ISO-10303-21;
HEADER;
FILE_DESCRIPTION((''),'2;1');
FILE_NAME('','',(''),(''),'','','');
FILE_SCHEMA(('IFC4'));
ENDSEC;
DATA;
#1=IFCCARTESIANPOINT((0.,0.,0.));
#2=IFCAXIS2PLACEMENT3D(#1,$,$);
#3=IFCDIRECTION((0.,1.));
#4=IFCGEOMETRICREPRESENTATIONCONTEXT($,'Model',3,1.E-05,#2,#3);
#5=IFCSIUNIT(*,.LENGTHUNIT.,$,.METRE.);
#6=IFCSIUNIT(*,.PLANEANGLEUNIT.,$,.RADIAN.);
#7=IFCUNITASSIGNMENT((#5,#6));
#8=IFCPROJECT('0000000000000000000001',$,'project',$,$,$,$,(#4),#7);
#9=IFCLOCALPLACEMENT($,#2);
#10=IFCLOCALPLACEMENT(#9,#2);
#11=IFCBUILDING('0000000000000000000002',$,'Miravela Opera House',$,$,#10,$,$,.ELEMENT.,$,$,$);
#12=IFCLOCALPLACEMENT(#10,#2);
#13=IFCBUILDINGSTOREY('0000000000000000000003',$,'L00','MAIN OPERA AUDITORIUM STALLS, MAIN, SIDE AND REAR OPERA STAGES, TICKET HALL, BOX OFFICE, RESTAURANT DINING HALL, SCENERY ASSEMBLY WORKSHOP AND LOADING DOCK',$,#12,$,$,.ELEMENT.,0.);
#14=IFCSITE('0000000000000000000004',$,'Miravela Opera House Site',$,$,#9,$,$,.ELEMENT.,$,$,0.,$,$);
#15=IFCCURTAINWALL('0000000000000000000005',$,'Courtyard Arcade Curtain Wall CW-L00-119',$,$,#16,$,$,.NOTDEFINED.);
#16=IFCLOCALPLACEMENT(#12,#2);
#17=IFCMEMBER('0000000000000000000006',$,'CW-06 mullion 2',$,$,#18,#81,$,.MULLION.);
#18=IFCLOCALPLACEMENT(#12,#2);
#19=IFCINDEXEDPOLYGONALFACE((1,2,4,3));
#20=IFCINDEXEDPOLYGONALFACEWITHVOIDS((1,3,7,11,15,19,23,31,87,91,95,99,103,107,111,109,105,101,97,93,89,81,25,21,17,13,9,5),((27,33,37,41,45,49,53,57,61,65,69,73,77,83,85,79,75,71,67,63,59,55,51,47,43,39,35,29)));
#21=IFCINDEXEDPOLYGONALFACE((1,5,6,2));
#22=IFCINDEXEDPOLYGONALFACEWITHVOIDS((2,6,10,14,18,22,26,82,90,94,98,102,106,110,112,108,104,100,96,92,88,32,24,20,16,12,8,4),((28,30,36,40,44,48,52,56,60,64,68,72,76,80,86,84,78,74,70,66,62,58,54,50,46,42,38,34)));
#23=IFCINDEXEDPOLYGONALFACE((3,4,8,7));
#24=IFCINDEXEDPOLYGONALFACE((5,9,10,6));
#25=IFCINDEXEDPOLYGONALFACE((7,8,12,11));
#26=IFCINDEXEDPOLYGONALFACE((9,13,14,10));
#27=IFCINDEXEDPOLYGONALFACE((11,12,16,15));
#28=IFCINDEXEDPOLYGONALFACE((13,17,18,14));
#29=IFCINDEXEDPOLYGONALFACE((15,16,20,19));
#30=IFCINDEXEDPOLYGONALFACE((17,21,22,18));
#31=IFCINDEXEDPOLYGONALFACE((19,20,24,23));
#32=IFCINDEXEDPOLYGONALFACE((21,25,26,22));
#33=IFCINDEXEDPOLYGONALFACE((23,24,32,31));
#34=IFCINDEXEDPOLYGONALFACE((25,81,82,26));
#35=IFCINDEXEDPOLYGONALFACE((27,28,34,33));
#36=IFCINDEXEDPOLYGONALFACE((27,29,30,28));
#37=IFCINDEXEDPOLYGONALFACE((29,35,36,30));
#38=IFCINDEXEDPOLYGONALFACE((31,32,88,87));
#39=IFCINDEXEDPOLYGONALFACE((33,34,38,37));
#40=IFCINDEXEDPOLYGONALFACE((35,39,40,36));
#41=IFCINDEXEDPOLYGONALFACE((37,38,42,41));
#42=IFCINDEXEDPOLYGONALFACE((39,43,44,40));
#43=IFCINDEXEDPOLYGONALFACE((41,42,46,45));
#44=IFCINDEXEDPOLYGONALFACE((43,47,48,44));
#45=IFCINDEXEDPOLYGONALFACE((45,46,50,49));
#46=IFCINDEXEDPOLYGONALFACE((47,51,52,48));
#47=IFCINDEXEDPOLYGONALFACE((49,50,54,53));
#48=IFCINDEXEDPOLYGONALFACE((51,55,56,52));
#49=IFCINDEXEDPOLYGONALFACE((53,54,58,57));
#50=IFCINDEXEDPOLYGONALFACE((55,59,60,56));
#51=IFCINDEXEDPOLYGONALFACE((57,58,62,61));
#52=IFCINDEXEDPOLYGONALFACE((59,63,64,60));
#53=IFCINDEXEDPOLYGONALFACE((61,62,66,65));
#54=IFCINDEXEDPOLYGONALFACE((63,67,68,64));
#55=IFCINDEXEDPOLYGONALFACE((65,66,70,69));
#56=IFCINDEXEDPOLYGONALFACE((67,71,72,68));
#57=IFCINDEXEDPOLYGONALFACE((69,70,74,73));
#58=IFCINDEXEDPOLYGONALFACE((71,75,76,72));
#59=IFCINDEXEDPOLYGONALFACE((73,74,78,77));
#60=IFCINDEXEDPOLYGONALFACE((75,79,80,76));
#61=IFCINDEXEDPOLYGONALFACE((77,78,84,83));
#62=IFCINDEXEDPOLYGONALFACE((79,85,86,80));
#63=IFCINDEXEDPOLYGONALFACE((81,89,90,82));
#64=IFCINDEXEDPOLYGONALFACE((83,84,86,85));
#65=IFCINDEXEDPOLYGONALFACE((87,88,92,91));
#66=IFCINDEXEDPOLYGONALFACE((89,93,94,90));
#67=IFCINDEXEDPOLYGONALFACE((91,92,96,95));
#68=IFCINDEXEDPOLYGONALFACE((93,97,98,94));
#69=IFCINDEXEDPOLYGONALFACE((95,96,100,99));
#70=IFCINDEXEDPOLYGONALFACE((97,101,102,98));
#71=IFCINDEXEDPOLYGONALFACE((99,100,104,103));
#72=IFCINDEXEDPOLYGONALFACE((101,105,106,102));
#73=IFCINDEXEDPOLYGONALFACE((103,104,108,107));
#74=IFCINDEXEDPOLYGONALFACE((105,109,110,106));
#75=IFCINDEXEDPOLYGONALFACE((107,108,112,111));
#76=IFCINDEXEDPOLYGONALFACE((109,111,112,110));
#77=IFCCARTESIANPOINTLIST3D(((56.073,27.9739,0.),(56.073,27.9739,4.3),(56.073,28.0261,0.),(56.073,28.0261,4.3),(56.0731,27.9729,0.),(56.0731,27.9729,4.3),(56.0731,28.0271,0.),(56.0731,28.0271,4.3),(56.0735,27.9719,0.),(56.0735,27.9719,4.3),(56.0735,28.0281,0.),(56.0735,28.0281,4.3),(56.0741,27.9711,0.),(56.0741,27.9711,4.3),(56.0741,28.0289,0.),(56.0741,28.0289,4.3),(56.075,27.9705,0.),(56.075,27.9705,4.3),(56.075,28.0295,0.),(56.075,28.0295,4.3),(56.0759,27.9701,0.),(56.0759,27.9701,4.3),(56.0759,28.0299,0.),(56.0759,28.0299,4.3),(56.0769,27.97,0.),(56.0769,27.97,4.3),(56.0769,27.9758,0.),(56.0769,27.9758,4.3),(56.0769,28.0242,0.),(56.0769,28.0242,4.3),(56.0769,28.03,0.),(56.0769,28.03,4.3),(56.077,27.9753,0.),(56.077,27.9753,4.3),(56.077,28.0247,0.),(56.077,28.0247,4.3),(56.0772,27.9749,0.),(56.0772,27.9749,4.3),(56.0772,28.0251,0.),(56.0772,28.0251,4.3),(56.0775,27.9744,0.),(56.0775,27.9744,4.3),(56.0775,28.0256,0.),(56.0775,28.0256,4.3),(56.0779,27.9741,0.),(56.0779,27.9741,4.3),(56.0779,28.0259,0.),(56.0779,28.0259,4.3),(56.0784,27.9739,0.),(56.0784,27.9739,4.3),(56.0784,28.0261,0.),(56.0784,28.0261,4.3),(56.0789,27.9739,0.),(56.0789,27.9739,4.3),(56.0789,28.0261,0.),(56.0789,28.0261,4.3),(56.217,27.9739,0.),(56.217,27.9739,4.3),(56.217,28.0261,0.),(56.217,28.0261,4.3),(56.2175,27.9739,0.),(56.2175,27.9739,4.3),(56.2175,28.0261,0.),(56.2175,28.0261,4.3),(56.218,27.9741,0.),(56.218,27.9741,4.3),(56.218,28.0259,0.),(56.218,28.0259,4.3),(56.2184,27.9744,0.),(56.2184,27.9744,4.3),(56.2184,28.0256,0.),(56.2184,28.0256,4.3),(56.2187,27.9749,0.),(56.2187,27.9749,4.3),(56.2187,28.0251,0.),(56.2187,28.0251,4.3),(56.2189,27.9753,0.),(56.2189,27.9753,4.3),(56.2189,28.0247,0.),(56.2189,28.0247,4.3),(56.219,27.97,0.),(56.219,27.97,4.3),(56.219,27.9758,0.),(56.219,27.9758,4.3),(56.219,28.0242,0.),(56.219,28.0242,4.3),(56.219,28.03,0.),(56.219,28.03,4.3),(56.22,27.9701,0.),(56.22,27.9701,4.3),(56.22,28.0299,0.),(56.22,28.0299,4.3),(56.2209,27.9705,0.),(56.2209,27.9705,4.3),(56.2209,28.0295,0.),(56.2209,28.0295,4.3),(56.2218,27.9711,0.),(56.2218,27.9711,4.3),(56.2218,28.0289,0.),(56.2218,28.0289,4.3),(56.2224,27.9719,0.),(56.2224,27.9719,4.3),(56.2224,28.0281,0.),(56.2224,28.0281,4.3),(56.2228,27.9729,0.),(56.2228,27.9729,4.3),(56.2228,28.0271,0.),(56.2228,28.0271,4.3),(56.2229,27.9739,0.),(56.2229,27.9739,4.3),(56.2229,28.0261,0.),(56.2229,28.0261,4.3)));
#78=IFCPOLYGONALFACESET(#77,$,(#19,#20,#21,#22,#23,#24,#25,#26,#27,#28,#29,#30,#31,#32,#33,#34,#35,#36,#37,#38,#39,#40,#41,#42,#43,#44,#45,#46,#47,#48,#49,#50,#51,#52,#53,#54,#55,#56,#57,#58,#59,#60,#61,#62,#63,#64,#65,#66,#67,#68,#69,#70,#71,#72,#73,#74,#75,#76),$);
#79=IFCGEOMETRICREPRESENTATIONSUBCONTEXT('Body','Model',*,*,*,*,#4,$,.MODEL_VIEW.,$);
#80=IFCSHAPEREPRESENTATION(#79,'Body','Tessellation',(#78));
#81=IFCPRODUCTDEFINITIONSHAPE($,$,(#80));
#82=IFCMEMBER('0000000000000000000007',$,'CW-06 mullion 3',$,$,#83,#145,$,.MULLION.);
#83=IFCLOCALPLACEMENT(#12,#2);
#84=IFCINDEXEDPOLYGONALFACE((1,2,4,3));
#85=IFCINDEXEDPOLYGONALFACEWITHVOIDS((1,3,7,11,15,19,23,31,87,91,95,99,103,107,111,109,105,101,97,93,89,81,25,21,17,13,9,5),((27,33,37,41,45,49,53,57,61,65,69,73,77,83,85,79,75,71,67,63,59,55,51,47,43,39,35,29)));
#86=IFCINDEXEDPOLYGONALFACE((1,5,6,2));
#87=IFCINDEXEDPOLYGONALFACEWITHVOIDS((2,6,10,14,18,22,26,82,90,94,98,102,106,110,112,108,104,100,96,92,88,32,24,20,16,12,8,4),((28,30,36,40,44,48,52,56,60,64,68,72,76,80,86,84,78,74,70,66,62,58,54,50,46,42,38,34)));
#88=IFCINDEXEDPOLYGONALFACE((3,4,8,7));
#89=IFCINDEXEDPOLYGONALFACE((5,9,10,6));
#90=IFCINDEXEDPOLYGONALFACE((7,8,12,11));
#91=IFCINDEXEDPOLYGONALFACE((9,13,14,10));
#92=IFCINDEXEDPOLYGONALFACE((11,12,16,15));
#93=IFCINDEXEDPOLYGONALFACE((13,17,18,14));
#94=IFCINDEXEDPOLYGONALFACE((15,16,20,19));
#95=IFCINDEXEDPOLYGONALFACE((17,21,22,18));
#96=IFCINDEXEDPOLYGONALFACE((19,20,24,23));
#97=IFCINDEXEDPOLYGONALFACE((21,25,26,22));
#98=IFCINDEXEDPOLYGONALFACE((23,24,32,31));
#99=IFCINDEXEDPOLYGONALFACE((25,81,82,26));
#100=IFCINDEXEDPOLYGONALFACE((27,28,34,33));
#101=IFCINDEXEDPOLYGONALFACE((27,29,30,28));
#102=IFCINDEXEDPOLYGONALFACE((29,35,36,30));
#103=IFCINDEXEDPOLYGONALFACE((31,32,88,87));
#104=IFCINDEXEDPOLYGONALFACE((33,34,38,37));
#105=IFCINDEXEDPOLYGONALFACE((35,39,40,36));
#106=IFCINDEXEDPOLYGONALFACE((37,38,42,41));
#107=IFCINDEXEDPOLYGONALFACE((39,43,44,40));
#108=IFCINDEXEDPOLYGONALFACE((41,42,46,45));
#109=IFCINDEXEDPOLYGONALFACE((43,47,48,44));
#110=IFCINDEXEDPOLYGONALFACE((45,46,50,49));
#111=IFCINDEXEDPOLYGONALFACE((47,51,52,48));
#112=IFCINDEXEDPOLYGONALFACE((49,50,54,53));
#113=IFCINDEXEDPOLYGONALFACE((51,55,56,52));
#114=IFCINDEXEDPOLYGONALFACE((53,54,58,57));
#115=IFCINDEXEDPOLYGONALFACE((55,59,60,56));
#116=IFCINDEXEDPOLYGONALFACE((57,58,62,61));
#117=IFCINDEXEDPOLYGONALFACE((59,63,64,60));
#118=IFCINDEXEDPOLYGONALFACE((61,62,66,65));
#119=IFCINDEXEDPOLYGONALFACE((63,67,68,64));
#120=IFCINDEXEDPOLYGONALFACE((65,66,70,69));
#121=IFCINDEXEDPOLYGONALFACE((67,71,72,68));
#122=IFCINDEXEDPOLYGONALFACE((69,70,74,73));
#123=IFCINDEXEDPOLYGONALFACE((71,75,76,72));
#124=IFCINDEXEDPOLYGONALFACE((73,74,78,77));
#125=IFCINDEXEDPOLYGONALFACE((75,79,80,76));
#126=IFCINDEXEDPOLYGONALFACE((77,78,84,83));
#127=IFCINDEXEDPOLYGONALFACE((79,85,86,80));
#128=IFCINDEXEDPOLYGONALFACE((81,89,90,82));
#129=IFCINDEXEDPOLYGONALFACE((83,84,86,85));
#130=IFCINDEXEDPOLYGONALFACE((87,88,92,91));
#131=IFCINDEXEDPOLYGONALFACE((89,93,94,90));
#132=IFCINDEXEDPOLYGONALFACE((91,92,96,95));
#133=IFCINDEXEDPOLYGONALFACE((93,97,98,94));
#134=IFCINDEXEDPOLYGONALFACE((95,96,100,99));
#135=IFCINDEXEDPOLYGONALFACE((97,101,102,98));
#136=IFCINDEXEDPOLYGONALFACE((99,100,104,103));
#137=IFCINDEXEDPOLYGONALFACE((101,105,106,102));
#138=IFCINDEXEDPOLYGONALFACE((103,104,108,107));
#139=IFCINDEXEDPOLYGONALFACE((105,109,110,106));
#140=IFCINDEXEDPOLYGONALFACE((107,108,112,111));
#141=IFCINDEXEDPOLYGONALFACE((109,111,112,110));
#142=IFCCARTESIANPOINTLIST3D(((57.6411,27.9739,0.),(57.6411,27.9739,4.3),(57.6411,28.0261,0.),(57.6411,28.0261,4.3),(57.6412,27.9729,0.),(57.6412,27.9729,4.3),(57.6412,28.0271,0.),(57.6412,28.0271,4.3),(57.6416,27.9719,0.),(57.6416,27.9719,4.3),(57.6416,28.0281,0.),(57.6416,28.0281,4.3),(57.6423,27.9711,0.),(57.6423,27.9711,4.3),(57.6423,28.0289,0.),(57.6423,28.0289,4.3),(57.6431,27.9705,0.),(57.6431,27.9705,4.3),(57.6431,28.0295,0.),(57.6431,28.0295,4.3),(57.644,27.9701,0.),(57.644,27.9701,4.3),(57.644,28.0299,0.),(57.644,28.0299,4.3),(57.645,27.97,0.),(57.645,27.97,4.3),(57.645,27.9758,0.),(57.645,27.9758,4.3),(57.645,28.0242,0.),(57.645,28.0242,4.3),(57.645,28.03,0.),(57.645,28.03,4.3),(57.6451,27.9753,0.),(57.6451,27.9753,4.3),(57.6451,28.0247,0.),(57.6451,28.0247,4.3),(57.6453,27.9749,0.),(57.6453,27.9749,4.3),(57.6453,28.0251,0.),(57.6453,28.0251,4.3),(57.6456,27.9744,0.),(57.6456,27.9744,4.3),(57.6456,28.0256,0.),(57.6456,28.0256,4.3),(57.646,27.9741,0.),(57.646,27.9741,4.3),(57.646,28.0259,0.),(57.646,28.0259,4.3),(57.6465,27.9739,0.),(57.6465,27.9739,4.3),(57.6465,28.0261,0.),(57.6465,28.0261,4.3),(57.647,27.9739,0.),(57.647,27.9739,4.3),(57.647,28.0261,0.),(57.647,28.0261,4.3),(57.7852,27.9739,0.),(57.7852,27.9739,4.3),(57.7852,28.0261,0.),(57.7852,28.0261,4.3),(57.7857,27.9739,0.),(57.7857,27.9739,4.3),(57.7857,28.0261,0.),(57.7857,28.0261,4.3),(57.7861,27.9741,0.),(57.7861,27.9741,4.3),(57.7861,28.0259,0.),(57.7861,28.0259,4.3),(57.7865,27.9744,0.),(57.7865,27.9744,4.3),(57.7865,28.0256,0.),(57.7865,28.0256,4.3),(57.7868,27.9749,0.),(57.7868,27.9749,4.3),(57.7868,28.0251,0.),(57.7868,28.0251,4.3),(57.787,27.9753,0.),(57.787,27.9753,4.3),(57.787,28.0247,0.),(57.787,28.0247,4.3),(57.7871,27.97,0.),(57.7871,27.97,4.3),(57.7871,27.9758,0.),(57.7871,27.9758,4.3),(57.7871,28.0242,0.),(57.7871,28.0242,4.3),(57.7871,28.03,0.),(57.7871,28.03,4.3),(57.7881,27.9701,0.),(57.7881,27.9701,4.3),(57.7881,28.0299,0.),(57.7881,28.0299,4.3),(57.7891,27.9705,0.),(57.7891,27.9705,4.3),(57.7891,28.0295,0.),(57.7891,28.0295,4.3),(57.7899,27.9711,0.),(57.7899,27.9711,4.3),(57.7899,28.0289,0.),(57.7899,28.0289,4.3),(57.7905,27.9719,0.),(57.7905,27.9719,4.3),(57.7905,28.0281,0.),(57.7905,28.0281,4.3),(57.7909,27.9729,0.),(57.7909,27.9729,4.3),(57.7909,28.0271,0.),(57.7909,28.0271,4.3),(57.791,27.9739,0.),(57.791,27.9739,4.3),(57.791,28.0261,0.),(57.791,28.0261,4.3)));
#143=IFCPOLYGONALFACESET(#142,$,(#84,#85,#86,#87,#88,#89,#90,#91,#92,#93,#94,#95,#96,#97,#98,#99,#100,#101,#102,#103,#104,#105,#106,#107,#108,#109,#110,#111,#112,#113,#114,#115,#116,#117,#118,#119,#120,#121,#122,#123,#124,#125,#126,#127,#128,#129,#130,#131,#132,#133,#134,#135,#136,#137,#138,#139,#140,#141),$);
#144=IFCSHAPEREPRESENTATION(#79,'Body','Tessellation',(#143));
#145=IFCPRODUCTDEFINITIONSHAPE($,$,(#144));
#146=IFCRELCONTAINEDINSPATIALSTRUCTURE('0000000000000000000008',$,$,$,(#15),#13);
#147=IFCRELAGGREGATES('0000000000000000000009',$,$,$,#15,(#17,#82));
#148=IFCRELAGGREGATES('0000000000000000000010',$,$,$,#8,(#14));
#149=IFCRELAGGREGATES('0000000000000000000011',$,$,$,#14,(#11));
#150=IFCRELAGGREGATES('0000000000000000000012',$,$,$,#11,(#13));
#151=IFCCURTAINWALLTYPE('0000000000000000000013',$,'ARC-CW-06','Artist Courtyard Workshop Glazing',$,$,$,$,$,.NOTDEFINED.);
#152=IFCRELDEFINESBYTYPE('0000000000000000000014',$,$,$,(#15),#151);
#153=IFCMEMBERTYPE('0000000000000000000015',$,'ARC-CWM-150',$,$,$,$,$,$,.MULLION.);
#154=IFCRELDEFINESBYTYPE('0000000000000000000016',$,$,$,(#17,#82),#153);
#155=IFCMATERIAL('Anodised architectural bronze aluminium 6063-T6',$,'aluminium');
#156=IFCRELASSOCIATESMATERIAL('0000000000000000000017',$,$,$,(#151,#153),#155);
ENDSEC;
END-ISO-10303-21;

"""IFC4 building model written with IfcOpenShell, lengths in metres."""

from ifc_helpers import new_model, si_unit, direction, frame, origin, origin_2d, place, context, subcontext, project, spatial, hollow_rectangle, extrude, material, material_profile, profile_set, type_object, element, aggregate, save


model = new_model("IFC4")

# Units and contexts
model_context = context("Model", 3, precision=1e-05, world=origin(), true_north=direction((0.0, 1.0)))
body_context = subcontext(model_context, "Body", "Model", "MODEL_VIEW")
ifc_project = project(units=[si_unit("LENGTHUNIT", "METRE"), si_unit("PLANEANGLEUNIT", "RADIAN")], contexts=[model_context])

# Site, building, storey
site_placement = place(None, origin())
site = spatial("IfcSite", under=ifc_project, at=site_placement, Name="Miravela Opera House Site", CompositionType="ELEMENT", RefElevation=0.0)
building_placement = place(site_placement, origin())
building = spatial("IfcBuilding", under=site, at=building_placement, Name="Miravela Opera House", CompositionType="ELEMENT")
storey_placement = place(building_placement, origin())
storey = spatial("IfcBuildingStorey", under=building, at=storey_placement, Name="L00", Description="MAIN OPERA AUDITORIUM STALLS, MAIN, SIDE AND REAR OPERA STAGES, TICKET HALL, BOX OFFICE, RESTAURANT DINING HALL, SCENERY ASSEMBLY WORKSHOP AND LOADING DOCK", CompositionType="ELEMENT", Elevation=0.0)

# Curtain wall, members
ifc_material_1 = material(Name="Anodised architectural bronze aluminium 6063-T6", Category="aluminium")
curtain_wall_type = type_object("IfcCurtainWallType", Name="ARC-CW-06", Description="Artist Courtyard Workshop Glazing", PredefinedType="NOTDEFINED", material=ifc_material_1)
curtain_wall_placement = place(storey_placement, origin())
curtain_wall = element("IfcCurtainWall", 1, at=curtain_wall_placement, inside=storey, type_object=curtain_wall_type, Name="Courtyard Arcade Curtain Wall CW-L00-119", PredefinedType="NOTDEFINED")
ifc_material_profile_1 = material_profile(ifc_material_1, hollow_rectangle(XDim=0.0601, YDim=0.1499, WallThickness=0.0039, InnerFilletRadius=0.002, OuterFilletRadius=0.0039, at=origin_2d()), Name="CWM-60X150")
ifc_profile_set_1 = profile_set([ifc_material_profile_1])
member_type_1 = type_object("IfcMemberType", Name="ARC-CWM-150", PredefinedType="MULLION", material=ifc_profile_set_1)
member_1_placement = place(storey_placement, frame((56.1479, 28.0, 0.0), z_axis=(0.0, 0.0, 1.0), x_axis=(0.0, 1.0, 0.0)))
member_1 = element("IfcMember", 2, at=member_1_placement, type_object=member_type_1, Name="CW-06 mullion 2", PredefinedType="MULLION", context=body_context, shape_type="SweptSolid", body=[
    extrude(hollow_rectangle(XDim=0.0601, YDim=0.1499, WallThickness=0.0039, InnerFilletRadius=0.002, OuterFilletRadius=0.0039, at=origin_2d()), origin(), (0.0, 0.0, 1.0), 4.3),
])
member_2_placement = place(storey_placement, frame((57.7161, 28.0, 0.0), z_axis=(0.0, 0.0, 1.0), x_axis=(0.0, 1.0, 0.0)))
member_2 = element("IfcMember", 3, at=member_2_placement, type_object=member_type_1, Name="CW-06 mullion 3", PredefinedType="MULLION", context=body_context, shape_type="SweptSolid", body=[
    extrude(hollow_rectangle(XDim=0.0601, YDim=0.1499, WallThickness=0.0039, InnerFilletRadius=0.002, OuterFilletRadius=0.0039, at=origin_2d()), origin(), (0.0, 0.0, 1.0), 4.3),
])
aggregate(curtain_wall, [member_1, member_2])

save(model, "model.ifc")
